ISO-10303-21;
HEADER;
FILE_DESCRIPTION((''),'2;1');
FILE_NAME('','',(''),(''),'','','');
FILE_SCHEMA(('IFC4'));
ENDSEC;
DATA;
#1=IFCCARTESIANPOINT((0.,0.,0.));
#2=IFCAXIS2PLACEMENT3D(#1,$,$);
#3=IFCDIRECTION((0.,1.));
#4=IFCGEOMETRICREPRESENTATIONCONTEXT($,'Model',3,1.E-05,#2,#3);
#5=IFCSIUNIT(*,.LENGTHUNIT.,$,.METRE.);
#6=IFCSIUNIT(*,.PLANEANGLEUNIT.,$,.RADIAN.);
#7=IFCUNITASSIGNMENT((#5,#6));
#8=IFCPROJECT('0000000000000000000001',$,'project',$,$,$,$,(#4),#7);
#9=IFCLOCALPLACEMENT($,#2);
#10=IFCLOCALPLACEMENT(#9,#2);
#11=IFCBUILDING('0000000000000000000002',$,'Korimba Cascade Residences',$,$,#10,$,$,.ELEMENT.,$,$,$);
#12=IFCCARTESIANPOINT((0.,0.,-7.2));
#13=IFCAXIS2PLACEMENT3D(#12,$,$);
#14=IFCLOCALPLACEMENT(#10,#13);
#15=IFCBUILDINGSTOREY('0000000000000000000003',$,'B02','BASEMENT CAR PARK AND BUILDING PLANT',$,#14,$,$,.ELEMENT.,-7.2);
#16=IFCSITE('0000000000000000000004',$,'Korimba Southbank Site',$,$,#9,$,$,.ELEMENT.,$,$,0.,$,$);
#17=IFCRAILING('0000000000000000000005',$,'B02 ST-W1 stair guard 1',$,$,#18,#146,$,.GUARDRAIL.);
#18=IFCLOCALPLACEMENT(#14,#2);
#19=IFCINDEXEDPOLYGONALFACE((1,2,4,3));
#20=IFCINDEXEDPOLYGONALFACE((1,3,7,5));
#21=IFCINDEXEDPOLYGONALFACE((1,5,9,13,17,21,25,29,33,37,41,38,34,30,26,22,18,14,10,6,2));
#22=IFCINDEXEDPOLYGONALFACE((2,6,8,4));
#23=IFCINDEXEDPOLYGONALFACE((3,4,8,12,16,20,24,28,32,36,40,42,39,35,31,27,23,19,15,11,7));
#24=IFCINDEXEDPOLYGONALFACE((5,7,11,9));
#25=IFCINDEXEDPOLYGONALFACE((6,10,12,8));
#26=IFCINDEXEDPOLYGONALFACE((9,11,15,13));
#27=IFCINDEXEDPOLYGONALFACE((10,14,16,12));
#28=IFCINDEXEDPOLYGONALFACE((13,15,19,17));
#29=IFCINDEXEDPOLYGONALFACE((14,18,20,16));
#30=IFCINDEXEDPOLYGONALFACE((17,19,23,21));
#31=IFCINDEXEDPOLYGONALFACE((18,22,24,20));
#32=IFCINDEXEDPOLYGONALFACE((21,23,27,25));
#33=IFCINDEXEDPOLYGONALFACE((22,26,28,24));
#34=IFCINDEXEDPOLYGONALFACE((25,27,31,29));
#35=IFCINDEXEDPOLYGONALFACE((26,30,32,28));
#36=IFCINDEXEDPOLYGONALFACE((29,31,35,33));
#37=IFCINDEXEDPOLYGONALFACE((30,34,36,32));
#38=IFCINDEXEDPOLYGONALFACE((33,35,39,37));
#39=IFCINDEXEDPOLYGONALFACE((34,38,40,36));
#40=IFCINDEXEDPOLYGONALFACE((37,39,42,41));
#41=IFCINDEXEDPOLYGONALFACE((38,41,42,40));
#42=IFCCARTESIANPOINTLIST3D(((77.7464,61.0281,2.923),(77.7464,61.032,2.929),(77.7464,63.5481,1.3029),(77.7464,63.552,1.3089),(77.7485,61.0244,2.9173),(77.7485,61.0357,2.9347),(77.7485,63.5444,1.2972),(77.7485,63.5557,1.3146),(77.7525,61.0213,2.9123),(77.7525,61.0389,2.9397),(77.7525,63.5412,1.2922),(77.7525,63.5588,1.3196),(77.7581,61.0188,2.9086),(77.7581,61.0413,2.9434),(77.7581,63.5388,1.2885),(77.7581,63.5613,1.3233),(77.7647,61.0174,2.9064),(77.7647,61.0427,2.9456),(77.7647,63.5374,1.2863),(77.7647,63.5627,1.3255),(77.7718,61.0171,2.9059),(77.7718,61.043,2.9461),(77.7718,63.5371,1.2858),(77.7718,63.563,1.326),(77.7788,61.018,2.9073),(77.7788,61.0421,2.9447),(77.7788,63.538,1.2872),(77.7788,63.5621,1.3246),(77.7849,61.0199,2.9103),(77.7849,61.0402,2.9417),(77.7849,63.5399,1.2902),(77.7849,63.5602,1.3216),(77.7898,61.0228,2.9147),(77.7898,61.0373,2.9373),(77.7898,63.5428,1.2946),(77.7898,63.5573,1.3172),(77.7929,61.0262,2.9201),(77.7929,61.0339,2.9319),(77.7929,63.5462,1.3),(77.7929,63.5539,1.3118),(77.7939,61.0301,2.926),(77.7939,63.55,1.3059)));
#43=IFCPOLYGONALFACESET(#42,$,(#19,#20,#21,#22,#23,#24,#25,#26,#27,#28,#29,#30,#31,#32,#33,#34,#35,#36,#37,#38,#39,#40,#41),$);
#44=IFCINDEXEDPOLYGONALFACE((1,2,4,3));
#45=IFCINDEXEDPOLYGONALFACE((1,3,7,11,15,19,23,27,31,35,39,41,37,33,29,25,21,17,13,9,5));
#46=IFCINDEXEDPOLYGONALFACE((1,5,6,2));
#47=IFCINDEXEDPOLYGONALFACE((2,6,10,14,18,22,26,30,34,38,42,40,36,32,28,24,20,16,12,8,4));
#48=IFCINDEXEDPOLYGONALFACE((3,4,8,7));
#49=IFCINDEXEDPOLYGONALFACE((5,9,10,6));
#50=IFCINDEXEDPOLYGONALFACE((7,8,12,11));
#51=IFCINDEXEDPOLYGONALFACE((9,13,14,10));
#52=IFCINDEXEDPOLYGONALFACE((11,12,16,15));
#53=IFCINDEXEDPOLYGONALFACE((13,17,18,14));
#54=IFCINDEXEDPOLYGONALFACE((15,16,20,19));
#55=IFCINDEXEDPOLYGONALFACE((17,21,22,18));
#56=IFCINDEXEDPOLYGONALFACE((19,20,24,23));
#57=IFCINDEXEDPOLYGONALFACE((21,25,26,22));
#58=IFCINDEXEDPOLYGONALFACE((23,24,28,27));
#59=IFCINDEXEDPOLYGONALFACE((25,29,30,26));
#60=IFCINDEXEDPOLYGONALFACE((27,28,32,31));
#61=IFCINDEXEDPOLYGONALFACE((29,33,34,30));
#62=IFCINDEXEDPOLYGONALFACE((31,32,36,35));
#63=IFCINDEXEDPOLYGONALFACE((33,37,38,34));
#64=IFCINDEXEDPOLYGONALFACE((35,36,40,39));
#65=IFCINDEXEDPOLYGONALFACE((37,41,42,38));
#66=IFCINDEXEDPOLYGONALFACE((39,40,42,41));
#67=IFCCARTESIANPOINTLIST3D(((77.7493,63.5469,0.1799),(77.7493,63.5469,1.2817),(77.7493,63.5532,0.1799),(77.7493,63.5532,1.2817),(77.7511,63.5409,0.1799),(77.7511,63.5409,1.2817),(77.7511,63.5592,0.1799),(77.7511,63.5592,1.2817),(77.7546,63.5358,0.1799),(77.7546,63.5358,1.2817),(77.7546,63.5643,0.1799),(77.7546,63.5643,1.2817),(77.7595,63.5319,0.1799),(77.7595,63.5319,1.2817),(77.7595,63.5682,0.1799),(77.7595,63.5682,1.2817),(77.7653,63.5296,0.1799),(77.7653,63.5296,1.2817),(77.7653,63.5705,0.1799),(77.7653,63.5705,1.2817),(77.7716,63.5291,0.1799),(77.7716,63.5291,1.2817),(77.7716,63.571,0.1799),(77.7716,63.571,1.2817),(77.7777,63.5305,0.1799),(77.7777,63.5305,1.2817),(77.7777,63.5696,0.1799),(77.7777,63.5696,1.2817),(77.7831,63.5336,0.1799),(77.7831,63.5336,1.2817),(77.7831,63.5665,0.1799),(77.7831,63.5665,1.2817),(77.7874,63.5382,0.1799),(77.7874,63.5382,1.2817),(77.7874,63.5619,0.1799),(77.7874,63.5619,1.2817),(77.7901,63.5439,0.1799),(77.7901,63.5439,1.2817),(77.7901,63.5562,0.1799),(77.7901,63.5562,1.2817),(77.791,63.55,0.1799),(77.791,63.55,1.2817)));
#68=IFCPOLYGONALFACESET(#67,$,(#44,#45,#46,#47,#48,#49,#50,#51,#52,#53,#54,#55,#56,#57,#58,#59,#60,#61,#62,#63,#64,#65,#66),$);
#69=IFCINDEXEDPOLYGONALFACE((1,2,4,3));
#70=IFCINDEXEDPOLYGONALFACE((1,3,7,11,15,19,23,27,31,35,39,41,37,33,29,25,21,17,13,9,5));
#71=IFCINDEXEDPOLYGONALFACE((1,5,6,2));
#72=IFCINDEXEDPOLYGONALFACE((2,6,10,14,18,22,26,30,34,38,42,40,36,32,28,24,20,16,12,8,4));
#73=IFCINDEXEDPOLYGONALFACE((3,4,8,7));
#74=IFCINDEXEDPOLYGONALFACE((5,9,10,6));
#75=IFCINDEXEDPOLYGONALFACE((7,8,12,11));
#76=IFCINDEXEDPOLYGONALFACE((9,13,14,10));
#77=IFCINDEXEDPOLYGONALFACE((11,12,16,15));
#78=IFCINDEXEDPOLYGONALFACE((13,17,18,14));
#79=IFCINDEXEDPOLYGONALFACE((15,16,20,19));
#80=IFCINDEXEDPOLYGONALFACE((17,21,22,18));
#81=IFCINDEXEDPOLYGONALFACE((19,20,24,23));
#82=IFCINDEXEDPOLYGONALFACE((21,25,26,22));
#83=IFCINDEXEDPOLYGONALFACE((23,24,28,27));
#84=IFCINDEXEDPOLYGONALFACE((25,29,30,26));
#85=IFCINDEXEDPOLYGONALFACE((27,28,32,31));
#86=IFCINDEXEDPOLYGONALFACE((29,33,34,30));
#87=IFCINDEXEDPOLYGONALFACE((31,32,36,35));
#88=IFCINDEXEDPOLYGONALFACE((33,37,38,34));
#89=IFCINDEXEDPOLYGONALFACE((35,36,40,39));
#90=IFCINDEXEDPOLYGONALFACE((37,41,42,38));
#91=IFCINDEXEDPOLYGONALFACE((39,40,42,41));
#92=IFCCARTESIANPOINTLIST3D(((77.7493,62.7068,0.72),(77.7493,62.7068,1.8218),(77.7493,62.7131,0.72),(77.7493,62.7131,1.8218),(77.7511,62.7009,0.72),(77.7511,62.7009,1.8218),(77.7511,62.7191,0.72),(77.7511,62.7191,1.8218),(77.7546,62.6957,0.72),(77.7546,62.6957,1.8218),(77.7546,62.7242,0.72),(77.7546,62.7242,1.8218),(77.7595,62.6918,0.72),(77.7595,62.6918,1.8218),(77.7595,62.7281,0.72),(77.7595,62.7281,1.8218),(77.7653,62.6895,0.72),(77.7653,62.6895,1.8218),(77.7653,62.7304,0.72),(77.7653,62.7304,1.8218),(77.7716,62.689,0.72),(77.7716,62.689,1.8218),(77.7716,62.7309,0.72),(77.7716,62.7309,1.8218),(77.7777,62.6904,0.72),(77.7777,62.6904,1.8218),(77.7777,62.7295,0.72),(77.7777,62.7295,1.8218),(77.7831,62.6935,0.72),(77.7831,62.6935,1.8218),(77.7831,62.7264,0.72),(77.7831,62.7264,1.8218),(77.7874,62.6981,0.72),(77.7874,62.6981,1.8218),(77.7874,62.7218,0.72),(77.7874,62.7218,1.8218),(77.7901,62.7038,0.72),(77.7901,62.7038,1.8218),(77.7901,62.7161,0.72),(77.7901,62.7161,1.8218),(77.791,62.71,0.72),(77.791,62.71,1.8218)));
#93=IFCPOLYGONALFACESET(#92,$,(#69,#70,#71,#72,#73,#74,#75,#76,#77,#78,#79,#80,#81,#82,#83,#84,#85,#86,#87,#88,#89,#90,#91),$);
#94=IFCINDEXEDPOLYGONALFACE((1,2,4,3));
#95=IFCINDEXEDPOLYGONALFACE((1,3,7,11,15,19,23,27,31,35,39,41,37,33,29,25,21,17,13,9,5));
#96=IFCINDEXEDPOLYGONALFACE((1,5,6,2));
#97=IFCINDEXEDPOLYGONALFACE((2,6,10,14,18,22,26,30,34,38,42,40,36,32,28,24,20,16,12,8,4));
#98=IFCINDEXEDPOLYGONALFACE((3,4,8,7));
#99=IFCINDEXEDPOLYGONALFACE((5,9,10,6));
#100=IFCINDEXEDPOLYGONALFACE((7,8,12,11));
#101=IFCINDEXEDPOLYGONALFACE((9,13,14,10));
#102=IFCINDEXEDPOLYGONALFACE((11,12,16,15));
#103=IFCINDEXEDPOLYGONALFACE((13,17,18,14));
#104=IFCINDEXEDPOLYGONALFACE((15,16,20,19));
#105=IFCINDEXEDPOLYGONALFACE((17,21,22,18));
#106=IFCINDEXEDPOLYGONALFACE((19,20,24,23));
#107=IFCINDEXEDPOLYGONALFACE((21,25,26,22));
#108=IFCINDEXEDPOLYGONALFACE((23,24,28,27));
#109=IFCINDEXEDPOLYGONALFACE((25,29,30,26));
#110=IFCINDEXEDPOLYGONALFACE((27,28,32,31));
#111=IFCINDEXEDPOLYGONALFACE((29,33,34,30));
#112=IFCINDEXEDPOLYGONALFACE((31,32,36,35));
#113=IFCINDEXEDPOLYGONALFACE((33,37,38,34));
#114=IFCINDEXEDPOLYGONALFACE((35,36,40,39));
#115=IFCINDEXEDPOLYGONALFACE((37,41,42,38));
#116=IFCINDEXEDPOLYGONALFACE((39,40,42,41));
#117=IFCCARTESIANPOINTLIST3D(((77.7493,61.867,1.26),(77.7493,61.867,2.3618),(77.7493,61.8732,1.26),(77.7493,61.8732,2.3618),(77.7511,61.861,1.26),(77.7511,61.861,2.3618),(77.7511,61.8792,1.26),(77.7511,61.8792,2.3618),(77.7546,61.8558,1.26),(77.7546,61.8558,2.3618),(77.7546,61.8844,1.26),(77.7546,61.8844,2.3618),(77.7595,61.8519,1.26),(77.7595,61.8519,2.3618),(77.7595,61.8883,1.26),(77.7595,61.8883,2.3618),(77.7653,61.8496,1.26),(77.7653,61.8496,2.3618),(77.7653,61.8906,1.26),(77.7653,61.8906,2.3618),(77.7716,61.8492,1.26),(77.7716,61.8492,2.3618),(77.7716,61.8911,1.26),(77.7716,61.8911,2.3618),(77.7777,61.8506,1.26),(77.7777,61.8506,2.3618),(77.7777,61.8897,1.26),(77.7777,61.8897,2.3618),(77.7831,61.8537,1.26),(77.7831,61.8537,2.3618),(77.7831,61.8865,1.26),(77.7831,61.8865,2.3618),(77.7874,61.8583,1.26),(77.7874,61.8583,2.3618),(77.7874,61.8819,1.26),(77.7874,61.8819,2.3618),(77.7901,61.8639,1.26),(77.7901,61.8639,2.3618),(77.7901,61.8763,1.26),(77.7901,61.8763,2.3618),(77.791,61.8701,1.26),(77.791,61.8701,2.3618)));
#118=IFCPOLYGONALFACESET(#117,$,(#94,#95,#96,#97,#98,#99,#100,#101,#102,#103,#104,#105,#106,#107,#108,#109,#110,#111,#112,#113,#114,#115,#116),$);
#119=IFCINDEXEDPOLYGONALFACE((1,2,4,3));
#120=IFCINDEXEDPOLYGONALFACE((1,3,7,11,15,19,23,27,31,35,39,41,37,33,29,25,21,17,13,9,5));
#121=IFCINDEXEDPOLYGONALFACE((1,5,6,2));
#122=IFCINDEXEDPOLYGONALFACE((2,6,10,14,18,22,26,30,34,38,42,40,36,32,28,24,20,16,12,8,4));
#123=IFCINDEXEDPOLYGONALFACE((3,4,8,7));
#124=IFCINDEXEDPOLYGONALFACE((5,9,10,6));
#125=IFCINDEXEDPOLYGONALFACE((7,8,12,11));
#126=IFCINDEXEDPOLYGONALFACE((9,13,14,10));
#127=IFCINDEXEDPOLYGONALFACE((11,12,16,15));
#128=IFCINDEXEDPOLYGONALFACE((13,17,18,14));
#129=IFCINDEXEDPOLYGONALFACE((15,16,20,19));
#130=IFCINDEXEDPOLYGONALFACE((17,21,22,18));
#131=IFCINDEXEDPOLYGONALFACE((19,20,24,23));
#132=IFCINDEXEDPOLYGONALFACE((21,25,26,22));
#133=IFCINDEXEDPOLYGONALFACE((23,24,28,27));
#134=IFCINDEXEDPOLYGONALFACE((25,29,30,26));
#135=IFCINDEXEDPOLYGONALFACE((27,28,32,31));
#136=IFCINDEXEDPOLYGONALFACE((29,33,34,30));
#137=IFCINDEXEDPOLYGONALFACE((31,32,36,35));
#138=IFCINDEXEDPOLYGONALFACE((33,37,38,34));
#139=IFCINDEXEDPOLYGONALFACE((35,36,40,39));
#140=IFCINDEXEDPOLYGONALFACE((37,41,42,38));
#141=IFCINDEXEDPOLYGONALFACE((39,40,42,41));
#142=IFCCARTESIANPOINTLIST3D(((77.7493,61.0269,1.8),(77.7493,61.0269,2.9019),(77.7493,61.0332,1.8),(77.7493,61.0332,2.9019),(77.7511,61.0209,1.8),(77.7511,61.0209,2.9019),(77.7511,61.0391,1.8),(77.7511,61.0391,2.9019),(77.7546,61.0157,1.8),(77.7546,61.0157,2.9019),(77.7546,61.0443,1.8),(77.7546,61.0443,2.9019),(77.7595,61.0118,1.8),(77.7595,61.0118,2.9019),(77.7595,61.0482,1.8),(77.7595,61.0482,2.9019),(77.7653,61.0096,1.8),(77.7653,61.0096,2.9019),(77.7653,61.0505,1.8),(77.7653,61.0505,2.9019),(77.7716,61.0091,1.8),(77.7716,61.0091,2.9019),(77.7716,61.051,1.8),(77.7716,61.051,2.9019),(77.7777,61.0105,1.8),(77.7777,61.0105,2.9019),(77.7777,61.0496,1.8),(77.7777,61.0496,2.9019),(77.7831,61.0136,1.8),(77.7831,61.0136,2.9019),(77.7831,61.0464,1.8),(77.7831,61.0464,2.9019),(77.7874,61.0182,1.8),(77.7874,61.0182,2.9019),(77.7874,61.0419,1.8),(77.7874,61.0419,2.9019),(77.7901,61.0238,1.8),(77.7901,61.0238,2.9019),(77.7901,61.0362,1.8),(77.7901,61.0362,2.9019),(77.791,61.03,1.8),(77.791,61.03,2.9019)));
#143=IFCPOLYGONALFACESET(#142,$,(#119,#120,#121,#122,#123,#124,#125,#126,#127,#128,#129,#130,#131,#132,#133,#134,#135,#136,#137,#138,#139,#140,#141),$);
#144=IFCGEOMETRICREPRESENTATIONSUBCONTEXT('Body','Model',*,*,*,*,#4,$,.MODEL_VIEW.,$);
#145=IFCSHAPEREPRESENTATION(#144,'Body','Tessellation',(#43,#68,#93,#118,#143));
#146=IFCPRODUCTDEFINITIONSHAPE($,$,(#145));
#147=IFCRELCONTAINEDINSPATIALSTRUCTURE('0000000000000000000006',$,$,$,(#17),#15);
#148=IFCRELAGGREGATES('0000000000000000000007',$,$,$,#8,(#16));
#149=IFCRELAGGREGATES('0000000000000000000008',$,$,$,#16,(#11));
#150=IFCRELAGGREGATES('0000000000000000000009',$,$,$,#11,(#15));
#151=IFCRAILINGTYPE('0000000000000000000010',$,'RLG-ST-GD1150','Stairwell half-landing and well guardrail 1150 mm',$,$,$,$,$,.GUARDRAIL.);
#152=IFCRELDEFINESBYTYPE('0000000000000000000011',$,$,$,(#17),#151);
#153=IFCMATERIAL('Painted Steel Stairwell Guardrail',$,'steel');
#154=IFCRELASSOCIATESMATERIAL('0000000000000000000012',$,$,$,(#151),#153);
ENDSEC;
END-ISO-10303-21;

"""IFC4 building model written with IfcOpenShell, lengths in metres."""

from ifc_helpers import new_model, si_unit, direction, frame, origin, origin_2d, place, context, subcontext, project, spatial, circle, extrude, material, type_object, element, save


model = new_model("IFC4")

# Units and contexts
model_context = context("Model", 3, precision=1e-05, world=origin(), true_north=direction((0.0, 1.0)))
body_context = subcontext(model_context, "Body", "Model", "MODEL_VIEW")
ifc_project = project(units=[si_unit("LENGTHUNIT", "METRE"), si_unit("PLANEANGLEUNIT", "RADIAN")], contexts=[model_context])

# Site, building, storey
site_placement = place(None, origin())
site = spatial("IfcSite", under=ifc_project, at=site_placement, Name="Korimba Southbank Site", CompositionType="ELEMENT", RefElevation=0.0)
building_placement = place(site_placement, origin())
building = spatial("IfcBuilding", under=site, at=building_placement, Name="Korimba Cascade Residences", CompositionType="ELEMENT")
storey_placement = place(building_placement, frame((0.0, 0.0, -7.2)))
storey = spatial("IfcBuildingStorey", under=building, at=storey_placement, Name="B02", Description="BASEMENT CAR PARK AND BUILDING PLANT", CompositionType="ELEMENT", Elevation=-7.2)

# Railing
ifc_material_1 = material(Name="Painted Steel Stairwell Guardrail", Category="steel")
railing_type_1 = type_object("IfcRailingType", Name="RLG-ST-GD1150", Description="Stairwell half-landing and well guardrail 1150 mm", PredefinedType="GUARDRAIL", material=ifc_material_1)
railing_1_placement = place(storey_placement, frame((77.77, 63.55, 0.1799)))
element("IfcRailing", 1, at=railing_1_placement, inside=storey, type_object=railing_type_1, Name="B02 ST-W1 stair guard 1", PredefinedType="GUARDRAIL", context=body_context, shape_type="SweptSolid", body=[
    extrude(circle(Radius=0.0239, at=origin_2d()), frame((0.0, 0.0, 1.126), z_axis=(0.0, -0.841163, 0.540782), x_axis=(1.0, 0.0, 0.0)), (0.0, 0.0, 1.0), 2.9958),
    extrude(circle(Radius=0.021, at=origin_2d()), origin(), (0.0, 0.0, 1.0), 1.1018),
    extrude(circle(Radius=0.021, at=origin_2d()), frame((0.0, -0.8401, 0.54)), (0.0, 0.0, 1.0), 1.1018),
    extrude(circle(Radius=0.021, at=origin_2d()), frame((0.0, -1.6799, 1.0801)), (0.0, 0.0, 1.0), 1.1018),
    extrude(circle(Radius=0.021, at=origin_2d()), frame((0.0, -2.52, 1.6201)), (0.0, 0.0, 1.0), 1.1018),
])

save(model, "model.ifc")
